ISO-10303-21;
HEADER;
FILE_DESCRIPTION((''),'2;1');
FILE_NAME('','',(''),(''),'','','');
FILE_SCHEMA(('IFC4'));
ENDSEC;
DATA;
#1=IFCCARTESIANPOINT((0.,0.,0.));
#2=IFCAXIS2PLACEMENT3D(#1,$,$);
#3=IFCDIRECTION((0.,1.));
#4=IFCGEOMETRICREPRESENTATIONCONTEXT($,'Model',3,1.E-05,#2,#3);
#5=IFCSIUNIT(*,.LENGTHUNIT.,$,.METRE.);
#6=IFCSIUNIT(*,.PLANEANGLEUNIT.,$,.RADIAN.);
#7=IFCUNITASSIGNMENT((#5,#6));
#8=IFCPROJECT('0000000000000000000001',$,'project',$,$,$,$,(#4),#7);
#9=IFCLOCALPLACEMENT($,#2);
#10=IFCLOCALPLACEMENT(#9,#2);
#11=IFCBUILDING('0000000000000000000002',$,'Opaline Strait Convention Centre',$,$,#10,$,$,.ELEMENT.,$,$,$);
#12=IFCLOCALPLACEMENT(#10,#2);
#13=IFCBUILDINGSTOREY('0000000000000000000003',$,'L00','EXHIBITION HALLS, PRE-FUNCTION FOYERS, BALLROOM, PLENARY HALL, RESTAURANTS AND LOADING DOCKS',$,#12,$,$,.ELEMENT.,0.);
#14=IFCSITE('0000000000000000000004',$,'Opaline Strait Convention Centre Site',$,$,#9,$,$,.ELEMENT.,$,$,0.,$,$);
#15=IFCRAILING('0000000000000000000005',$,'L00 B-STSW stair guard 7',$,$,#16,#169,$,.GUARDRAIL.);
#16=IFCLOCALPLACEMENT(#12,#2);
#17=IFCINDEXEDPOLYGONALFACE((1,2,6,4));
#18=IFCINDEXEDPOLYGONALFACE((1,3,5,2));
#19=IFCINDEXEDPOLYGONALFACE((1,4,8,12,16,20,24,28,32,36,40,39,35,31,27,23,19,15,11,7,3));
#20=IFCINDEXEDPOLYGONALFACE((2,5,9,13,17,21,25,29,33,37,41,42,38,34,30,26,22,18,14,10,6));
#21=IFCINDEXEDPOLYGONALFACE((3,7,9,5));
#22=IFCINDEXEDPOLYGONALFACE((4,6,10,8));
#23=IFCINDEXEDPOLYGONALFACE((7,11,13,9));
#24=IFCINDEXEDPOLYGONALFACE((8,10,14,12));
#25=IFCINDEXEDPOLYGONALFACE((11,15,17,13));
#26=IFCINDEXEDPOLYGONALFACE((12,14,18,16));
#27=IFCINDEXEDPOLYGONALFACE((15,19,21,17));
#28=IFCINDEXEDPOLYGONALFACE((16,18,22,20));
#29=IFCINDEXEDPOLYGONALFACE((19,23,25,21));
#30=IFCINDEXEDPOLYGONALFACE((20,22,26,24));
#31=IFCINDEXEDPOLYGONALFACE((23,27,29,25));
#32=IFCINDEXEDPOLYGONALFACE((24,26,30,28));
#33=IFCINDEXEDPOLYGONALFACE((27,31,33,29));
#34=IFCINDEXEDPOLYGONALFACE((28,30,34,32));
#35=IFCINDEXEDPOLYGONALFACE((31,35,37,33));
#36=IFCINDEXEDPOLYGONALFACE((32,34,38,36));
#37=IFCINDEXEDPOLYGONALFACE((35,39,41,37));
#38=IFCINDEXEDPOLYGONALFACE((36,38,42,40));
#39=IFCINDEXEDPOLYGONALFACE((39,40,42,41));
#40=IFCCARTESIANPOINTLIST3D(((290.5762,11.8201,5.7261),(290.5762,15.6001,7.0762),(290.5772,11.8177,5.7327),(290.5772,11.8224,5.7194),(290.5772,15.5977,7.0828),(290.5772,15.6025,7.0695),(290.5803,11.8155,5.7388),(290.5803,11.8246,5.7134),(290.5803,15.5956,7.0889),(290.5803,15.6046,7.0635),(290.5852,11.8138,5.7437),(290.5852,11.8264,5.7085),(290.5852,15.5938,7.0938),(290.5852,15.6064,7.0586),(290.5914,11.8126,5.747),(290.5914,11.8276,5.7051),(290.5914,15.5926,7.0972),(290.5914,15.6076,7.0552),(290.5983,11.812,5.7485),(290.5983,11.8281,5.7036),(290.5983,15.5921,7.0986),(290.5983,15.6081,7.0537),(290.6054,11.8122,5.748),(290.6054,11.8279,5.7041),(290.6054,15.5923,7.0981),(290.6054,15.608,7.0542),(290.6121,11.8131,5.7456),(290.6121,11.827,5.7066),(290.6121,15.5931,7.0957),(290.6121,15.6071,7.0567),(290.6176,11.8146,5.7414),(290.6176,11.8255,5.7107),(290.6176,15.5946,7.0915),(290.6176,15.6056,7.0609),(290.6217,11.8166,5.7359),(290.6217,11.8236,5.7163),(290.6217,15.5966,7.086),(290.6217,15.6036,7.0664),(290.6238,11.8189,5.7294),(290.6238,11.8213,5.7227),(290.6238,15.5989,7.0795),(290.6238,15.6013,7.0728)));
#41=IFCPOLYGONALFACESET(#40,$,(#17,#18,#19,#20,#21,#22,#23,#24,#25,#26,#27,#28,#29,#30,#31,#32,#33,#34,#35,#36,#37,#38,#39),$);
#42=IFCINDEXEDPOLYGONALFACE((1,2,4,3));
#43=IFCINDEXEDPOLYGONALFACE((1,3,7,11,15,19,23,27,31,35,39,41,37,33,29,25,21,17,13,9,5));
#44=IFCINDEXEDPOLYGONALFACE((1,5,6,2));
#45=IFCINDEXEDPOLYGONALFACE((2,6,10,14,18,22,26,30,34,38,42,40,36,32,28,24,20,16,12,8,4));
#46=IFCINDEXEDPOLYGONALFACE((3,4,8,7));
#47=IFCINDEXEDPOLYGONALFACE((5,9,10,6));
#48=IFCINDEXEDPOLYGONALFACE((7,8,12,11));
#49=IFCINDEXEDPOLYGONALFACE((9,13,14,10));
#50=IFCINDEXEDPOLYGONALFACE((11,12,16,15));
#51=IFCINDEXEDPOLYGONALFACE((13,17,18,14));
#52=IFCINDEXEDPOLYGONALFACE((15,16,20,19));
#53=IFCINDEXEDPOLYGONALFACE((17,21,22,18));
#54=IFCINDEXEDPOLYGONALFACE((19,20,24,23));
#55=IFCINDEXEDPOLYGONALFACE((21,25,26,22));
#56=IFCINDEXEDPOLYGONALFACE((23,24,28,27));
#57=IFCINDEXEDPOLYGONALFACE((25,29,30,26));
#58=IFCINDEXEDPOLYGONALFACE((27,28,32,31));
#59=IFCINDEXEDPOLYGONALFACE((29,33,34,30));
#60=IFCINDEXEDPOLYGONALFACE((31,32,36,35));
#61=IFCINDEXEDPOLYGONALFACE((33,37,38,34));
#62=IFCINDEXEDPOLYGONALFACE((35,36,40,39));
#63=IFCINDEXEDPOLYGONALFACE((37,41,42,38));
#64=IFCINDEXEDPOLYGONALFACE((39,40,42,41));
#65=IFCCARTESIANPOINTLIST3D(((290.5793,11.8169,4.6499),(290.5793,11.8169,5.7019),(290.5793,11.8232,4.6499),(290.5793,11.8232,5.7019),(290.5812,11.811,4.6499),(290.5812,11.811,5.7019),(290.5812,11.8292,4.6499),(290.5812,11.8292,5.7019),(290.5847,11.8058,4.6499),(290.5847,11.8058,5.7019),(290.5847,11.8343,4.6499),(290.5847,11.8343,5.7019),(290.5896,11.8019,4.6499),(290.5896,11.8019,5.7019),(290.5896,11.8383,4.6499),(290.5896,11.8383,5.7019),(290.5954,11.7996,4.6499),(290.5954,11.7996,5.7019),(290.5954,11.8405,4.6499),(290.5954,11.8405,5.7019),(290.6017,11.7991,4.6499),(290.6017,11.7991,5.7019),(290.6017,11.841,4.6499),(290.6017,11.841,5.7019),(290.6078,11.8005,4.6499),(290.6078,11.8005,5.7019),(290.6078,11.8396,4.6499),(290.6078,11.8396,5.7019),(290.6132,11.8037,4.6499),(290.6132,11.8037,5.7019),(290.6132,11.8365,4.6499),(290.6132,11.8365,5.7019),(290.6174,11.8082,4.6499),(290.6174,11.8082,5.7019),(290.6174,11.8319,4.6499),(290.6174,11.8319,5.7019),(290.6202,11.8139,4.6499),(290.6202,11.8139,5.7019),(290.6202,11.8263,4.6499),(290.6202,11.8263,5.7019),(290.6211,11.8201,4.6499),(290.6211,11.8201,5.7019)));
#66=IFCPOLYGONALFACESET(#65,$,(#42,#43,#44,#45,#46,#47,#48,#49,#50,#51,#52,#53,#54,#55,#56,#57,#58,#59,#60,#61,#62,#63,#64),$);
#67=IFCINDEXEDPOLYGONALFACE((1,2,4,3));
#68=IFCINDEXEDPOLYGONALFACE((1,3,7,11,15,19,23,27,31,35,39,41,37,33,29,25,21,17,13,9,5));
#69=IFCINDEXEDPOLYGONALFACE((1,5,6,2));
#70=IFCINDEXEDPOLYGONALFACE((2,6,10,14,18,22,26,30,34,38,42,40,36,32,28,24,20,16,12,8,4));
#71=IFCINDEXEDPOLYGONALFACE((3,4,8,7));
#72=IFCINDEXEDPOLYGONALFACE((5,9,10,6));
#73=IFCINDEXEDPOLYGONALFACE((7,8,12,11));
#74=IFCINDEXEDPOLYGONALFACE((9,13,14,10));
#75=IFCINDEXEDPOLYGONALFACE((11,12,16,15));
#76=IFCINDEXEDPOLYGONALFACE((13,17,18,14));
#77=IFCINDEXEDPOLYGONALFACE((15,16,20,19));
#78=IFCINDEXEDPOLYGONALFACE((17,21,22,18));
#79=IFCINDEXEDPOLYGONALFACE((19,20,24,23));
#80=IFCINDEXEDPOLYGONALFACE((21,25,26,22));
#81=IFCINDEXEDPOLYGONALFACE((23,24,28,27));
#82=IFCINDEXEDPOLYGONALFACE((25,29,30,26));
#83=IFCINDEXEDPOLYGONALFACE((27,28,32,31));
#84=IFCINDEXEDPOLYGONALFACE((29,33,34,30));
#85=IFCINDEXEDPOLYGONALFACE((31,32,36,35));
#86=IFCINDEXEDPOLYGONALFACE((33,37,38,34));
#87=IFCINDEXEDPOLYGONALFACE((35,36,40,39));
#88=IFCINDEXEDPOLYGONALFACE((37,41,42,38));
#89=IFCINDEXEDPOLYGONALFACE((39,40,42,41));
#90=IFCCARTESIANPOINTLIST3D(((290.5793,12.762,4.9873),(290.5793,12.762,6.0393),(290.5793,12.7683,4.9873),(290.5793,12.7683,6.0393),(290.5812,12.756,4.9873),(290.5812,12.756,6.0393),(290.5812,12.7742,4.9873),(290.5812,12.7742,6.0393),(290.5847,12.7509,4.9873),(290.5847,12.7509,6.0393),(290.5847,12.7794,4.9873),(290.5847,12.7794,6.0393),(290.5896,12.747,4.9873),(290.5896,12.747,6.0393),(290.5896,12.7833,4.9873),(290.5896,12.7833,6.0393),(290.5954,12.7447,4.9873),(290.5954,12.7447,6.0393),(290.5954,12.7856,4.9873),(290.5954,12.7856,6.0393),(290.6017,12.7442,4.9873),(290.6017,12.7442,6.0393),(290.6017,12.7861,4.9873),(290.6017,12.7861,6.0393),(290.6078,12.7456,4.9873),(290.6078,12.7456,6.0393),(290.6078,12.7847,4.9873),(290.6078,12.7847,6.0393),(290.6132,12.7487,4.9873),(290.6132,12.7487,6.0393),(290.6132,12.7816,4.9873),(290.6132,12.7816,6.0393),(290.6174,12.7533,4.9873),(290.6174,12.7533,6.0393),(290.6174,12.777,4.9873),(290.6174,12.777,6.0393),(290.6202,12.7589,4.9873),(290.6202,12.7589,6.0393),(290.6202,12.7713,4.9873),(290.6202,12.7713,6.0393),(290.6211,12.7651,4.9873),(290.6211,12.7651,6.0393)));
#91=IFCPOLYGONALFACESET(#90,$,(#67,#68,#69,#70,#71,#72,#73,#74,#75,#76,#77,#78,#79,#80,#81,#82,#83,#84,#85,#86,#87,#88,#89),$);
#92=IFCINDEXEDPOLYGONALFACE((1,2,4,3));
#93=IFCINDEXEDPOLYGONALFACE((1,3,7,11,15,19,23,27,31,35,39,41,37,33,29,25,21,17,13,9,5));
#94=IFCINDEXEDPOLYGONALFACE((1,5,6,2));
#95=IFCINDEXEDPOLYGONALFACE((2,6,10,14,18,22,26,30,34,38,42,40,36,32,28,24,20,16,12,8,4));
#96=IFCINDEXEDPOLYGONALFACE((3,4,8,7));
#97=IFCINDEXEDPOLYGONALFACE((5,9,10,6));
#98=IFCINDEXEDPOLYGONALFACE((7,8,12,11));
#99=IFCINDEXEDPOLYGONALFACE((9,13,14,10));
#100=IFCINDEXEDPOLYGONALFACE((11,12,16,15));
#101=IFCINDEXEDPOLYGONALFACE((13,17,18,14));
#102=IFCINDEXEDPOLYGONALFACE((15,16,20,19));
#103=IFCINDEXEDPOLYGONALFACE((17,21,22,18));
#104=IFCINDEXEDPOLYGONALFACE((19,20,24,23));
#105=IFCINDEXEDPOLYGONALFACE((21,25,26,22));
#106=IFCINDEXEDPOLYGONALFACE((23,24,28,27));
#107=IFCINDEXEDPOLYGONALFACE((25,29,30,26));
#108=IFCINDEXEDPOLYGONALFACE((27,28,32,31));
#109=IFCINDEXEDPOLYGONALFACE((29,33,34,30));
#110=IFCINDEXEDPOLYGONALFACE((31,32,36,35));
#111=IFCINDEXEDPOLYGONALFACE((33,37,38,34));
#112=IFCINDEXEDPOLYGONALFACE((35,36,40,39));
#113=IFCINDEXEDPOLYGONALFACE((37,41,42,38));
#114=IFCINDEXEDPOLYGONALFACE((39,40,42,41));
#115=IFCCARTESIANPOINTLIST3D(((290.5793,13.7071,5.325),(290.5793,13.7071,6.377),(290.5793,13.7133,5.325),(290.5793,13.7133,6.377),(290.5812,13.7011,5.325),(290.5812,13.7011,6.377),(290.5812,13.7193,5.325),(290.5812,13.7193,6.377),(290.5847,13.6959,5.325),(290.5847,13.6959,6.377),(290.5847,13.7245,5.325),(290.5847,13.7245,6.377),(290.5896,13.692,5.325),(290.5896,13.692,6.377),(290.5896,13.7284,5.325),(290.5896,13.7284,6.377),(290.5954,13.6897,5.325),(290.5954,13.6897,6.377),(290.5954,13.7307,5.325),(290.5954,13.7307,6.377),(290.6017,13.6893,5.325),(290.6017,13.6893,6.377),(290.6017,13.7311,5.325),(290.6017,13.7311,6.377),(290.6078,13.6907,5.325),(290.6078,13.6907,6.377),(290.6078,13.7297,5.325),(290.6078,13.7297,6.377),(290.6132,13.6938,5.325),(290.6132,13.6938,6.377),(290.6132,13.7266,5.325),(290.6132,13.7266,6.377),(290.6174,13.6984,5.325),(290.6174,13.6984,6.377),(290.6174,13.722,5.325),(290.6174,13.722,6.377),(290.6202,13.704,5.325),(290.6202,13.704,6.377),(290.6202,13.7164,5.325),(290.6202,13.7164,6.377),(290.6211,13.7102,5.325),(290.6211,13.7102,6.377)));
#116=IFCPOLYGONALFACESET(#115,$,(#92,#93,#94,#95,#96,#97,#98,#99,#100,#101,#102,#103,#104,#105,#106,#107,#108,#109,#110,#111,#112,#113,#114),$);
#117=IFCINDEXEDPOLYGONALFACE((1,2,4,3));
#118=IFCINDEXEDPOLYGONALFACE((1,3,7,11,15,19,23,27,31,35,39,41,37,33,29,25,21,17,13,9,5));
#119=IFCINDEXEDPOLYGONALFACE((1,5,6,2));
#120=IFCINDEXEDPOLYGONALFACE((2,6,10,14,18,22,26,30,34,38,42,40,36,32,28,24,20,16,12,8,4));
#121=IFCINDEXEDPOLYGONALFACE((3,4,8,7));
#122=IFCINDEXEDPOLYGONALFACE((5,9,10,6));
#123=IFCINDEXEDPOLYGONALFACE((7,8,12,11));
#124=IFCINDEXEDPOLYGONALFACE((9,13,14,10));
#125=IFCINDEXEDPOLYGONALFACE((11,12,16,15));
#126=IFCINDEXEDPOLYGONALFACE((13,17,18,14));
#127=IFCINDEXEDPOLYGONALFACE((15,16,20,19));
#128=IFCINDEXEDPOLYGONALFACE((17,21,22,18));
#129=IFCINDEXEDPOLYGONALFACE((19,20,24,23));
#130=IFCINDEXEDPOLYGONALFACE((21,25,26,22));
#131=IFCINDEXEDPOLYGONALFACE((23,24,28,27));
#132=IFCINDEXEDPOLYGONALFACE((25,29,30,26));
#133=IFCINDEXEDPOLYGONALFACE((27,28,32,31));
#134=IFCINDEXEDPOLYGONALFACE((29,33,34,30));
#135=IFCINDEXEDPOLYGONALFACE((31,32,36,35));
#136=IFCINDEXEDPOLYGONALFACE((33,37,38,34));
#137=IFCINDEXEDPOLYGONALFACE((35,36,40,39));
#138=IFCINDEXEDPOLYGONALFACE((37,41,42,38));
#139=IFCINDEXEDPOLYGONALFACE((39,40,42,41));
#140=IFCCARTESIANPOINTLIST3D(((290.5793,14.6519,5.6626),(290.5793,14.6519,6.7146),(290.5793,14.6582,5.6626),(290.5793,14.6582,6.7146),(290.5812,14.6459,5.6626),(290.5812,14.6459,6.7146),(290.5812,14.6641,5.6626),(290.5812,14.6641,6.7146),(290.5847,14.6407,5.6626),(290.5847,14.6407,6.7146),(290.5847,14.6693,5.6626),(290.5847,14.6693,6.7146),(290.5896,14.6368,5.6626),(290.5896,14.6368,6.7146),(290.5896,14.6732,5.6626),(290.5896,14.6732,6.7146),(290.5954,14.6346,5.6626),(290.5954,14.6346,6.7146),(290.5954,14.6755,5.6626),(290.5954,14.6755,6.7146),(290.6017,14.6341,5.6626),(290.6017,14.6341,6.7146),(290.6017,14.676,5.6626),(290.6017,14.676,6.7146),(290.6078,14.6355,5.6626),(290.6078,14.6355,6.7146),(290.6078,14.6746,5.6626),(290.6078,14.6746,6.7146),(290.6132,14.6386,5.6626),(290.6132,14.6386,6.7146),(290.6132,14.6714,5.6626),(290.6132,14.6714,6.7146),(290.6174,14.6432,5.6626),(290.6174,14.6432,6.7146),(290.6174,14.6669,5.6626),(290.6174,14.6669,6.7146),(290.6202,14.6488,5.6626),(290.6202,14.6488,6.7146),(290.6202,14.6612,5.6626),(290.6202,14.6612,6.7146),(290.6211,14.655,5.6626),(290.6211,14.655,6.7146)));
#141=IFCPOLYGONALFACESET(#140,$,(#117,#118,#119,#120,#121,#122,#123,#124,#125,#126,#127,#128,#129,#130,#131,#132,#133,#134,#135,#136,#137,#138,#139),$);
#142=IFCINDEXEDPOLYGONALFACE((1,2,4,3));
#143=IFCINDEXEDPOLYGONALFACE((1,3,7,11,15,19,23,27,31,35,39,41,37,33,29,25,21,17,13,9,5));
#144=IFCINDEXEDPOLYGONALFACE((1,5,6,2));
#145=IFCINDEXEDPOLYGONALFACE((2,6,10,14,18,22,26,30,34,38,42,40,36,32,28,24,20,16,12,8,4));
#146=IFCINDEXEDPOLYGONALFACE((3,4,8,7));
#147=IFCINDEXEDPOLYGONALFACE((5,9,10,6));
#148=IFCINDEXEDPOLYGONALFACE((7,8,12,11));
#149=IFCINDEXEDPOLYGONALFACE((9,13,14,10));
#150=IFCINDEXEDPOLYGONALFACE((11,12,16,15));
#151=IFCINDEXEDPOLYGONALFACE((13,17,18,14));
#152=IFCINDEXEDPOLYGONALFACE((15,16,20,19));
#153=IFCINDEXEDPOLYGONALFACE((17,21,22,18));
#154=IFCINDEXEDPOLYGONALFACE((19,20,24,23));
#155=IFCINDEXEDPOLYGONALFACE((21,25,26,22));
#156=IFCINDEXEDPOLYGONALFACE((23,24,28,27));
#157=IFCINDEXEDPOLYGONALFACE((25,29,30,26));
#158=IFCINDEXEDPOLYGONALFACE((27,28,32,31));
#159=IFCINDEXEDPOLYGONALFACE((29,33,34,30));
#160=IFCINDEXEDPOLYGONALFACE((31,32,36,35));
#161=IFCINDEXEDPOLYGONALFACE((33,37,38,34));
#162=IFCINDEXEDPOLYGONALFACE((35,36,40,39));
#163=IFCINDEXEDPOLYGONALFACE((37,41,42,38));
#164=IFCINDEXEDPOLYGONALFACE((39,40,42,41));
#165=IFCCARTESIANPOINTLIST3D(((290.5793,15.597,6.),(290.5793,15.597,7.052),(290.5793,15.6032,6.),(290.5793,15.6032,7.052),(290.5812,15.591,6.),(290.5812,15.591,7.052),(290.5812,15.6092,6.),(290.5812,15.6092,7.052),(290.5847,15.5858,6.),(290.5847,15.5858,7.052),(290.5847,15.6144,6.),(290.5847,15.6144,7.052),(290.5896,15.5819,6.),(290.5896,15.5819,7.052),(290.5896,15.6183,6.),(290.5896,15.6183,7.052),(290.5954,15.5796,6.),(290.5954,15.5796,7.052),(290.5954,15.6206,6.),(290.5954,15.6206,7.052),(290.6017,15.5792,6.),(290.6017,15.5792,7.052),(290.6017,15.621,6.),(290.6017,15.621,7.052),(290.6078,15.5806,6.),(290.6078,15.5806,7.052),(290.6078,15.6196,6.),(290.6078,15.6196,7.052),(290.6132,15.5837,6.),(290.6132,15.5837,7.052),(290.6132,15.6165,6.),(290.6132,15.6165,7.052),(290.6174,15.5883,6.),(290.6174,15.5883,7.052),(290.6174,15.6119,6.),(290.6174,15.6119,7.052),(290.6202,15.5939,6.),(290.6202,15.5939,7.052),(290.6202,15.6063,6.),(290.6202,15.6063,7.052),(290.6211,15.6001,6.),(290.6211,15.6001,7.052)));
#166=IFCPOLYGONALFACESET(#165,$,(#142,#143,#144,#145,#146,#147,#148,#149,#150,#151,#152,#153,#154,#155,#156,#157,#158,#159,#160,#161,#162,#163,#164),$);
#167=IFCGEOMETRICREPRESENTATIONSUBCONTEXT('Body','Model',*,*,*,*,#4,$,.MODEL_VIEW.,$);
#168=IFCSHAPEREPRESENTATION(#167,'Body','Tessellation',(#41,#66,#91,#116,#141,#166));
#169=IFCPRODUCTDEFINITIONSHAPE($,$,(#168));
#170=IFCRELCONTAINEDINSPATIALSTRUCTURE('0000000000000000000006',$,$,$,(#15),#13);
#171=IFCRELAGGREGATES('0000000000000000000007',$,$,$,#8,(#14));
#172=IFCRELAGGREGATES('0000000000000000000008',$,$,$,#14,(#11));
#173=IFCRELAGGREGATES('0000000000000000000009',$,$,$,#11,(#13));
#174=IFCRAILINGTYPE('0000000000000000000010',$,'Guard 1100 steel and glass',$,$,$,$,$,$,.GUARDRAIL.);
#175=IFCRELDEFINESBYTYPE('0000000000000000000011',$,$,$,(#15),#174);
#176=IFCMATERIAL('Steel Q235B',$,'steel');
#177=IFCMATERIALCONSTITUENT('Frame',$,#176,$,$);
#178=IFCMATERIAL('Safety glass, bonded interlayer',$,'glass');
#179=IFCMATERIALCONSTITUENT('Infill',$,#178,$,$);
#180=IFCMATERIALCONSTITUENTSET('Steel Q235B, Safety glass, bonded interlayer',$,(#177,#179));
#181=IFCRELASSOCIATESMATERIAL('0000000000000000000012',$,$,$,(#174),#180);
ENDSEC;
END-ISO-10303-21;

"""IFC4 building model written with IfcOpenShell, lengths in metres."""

from ifc_helpers import new_model, si_unit, direction, frame, origin, origin_2d, place, context, subcontext, project, spatial, circle, extrude, material, constituent, constituent_set, type_object, element, save


model = new_model("IFC4")

# Units and contexts
model_context = context("Model", 3, precision=1e-05, world=origin(), true_north=direction((0.0, 1.0)))
body_context = subcontext(model_context, "Body", "Model", "MODEL_VIEW")
ifc_project = project(units=[si_unit("LENGTHUNIT", "METRE"), si_unit("PLANEANGLEUNIT", "RADIAN")], contexts=[model_context])

# Site, building, storey
site_placement = place(None, origin())
site = spatial("IfcSite", under=ifc_project, at=site_placement, Name="Opaline Strait Convention Centre Site", CompositionType="ELEMENT", RefElevation=0.0)
building_placement = place(site_placement, origin())
building = spatial("IfcBuilding", under=site, at=building_placement, Name="Opaline Strait Convention Centre", CompositionType="ELEMENT")
storey_placement = place(building_placement, origin())
storey = spatial("IfcBuildingStorey", under=building, at=storey_placement, Name="L00", Description="EXHIBITION HALLS, PRE-FUNCTION FOYERS, BALLROOM, PLENARY HALL, RESTAURANTS AND LOADING DOCKS", CompositionType="ELEMENT", Elevation=0.0)

# Shared definitions
ifc_material_1 = material(Name="Steel Q235B", Category="steel")

# Railing
ifc_constituent_1 = constituent(ifc_material_1, Name="Frame")
ifc_material_2 = material(Name="Safety glass, bonded interlayer", Category="glass")
ifc_constituent_2 = constituent(ifc_material_2, Name="Infill")
ifc_constituent_set = constituent_set(constituents=[ifc_constituent_1, ifc_constituent_2], Name="Steel Q235B, Safety glass, bonded interlayer")
railing_type_1 = type_object("IfcRailingType", Name="Guard 1100 steel and glass", PredefinedType="GUARDRAIL", material=ifc_constituent_set)
railing_1_placement = place(storey_placement, frame((290.6001, 11.8201, 4.6499)))
element("IfcRailing", 1, at=railing_1_placement, inside=storey, type_object=railing_type_1, Name="L00 B-STSW stair guard 7", PredefinedType="GUARDRAIL", context=body_context, shape_type="SweptSolid", body=[
    extrude(circle(Radius=0.0239, at=origin_2d()), frame((0.0, 0.0, 1.0762), z_axis=(0.0, 0.941735, 0.336356), x_axis=(-1.0, 0.0, 0.0)), (0.0, 0.0, 1.0), 4.0139),
    extrude(circle(Radius=0.021, at=origin_2d()), origin(), (0.0, 0.0, 1.0), 1.052),
    extrude(circle(Radius=0.021, at=origin_2d()), frame((0.0, 0.9451, 0.3374)), (0.0, 0.0, 1.0), 1.052),
    extrude(circle(Radius=0.021, at=origin_2d()), frame((0.0, 1.8901, 0.675)), (0.0, 0.0, 1.0), 1.052),
    extrude(circle(Radius=0.021, at=origin_2d()), frame((0.0, 2.835, 1.0127)), (0.0, 0.0, 1.0), 1.052),
    extrude(circle(Radius=0.021, at=origin_2d()), frame((0.0, 3.78, 1.3501)), (0.0, 0.0, 1.0), 1.052),
])

save(model, "model.ifc")
